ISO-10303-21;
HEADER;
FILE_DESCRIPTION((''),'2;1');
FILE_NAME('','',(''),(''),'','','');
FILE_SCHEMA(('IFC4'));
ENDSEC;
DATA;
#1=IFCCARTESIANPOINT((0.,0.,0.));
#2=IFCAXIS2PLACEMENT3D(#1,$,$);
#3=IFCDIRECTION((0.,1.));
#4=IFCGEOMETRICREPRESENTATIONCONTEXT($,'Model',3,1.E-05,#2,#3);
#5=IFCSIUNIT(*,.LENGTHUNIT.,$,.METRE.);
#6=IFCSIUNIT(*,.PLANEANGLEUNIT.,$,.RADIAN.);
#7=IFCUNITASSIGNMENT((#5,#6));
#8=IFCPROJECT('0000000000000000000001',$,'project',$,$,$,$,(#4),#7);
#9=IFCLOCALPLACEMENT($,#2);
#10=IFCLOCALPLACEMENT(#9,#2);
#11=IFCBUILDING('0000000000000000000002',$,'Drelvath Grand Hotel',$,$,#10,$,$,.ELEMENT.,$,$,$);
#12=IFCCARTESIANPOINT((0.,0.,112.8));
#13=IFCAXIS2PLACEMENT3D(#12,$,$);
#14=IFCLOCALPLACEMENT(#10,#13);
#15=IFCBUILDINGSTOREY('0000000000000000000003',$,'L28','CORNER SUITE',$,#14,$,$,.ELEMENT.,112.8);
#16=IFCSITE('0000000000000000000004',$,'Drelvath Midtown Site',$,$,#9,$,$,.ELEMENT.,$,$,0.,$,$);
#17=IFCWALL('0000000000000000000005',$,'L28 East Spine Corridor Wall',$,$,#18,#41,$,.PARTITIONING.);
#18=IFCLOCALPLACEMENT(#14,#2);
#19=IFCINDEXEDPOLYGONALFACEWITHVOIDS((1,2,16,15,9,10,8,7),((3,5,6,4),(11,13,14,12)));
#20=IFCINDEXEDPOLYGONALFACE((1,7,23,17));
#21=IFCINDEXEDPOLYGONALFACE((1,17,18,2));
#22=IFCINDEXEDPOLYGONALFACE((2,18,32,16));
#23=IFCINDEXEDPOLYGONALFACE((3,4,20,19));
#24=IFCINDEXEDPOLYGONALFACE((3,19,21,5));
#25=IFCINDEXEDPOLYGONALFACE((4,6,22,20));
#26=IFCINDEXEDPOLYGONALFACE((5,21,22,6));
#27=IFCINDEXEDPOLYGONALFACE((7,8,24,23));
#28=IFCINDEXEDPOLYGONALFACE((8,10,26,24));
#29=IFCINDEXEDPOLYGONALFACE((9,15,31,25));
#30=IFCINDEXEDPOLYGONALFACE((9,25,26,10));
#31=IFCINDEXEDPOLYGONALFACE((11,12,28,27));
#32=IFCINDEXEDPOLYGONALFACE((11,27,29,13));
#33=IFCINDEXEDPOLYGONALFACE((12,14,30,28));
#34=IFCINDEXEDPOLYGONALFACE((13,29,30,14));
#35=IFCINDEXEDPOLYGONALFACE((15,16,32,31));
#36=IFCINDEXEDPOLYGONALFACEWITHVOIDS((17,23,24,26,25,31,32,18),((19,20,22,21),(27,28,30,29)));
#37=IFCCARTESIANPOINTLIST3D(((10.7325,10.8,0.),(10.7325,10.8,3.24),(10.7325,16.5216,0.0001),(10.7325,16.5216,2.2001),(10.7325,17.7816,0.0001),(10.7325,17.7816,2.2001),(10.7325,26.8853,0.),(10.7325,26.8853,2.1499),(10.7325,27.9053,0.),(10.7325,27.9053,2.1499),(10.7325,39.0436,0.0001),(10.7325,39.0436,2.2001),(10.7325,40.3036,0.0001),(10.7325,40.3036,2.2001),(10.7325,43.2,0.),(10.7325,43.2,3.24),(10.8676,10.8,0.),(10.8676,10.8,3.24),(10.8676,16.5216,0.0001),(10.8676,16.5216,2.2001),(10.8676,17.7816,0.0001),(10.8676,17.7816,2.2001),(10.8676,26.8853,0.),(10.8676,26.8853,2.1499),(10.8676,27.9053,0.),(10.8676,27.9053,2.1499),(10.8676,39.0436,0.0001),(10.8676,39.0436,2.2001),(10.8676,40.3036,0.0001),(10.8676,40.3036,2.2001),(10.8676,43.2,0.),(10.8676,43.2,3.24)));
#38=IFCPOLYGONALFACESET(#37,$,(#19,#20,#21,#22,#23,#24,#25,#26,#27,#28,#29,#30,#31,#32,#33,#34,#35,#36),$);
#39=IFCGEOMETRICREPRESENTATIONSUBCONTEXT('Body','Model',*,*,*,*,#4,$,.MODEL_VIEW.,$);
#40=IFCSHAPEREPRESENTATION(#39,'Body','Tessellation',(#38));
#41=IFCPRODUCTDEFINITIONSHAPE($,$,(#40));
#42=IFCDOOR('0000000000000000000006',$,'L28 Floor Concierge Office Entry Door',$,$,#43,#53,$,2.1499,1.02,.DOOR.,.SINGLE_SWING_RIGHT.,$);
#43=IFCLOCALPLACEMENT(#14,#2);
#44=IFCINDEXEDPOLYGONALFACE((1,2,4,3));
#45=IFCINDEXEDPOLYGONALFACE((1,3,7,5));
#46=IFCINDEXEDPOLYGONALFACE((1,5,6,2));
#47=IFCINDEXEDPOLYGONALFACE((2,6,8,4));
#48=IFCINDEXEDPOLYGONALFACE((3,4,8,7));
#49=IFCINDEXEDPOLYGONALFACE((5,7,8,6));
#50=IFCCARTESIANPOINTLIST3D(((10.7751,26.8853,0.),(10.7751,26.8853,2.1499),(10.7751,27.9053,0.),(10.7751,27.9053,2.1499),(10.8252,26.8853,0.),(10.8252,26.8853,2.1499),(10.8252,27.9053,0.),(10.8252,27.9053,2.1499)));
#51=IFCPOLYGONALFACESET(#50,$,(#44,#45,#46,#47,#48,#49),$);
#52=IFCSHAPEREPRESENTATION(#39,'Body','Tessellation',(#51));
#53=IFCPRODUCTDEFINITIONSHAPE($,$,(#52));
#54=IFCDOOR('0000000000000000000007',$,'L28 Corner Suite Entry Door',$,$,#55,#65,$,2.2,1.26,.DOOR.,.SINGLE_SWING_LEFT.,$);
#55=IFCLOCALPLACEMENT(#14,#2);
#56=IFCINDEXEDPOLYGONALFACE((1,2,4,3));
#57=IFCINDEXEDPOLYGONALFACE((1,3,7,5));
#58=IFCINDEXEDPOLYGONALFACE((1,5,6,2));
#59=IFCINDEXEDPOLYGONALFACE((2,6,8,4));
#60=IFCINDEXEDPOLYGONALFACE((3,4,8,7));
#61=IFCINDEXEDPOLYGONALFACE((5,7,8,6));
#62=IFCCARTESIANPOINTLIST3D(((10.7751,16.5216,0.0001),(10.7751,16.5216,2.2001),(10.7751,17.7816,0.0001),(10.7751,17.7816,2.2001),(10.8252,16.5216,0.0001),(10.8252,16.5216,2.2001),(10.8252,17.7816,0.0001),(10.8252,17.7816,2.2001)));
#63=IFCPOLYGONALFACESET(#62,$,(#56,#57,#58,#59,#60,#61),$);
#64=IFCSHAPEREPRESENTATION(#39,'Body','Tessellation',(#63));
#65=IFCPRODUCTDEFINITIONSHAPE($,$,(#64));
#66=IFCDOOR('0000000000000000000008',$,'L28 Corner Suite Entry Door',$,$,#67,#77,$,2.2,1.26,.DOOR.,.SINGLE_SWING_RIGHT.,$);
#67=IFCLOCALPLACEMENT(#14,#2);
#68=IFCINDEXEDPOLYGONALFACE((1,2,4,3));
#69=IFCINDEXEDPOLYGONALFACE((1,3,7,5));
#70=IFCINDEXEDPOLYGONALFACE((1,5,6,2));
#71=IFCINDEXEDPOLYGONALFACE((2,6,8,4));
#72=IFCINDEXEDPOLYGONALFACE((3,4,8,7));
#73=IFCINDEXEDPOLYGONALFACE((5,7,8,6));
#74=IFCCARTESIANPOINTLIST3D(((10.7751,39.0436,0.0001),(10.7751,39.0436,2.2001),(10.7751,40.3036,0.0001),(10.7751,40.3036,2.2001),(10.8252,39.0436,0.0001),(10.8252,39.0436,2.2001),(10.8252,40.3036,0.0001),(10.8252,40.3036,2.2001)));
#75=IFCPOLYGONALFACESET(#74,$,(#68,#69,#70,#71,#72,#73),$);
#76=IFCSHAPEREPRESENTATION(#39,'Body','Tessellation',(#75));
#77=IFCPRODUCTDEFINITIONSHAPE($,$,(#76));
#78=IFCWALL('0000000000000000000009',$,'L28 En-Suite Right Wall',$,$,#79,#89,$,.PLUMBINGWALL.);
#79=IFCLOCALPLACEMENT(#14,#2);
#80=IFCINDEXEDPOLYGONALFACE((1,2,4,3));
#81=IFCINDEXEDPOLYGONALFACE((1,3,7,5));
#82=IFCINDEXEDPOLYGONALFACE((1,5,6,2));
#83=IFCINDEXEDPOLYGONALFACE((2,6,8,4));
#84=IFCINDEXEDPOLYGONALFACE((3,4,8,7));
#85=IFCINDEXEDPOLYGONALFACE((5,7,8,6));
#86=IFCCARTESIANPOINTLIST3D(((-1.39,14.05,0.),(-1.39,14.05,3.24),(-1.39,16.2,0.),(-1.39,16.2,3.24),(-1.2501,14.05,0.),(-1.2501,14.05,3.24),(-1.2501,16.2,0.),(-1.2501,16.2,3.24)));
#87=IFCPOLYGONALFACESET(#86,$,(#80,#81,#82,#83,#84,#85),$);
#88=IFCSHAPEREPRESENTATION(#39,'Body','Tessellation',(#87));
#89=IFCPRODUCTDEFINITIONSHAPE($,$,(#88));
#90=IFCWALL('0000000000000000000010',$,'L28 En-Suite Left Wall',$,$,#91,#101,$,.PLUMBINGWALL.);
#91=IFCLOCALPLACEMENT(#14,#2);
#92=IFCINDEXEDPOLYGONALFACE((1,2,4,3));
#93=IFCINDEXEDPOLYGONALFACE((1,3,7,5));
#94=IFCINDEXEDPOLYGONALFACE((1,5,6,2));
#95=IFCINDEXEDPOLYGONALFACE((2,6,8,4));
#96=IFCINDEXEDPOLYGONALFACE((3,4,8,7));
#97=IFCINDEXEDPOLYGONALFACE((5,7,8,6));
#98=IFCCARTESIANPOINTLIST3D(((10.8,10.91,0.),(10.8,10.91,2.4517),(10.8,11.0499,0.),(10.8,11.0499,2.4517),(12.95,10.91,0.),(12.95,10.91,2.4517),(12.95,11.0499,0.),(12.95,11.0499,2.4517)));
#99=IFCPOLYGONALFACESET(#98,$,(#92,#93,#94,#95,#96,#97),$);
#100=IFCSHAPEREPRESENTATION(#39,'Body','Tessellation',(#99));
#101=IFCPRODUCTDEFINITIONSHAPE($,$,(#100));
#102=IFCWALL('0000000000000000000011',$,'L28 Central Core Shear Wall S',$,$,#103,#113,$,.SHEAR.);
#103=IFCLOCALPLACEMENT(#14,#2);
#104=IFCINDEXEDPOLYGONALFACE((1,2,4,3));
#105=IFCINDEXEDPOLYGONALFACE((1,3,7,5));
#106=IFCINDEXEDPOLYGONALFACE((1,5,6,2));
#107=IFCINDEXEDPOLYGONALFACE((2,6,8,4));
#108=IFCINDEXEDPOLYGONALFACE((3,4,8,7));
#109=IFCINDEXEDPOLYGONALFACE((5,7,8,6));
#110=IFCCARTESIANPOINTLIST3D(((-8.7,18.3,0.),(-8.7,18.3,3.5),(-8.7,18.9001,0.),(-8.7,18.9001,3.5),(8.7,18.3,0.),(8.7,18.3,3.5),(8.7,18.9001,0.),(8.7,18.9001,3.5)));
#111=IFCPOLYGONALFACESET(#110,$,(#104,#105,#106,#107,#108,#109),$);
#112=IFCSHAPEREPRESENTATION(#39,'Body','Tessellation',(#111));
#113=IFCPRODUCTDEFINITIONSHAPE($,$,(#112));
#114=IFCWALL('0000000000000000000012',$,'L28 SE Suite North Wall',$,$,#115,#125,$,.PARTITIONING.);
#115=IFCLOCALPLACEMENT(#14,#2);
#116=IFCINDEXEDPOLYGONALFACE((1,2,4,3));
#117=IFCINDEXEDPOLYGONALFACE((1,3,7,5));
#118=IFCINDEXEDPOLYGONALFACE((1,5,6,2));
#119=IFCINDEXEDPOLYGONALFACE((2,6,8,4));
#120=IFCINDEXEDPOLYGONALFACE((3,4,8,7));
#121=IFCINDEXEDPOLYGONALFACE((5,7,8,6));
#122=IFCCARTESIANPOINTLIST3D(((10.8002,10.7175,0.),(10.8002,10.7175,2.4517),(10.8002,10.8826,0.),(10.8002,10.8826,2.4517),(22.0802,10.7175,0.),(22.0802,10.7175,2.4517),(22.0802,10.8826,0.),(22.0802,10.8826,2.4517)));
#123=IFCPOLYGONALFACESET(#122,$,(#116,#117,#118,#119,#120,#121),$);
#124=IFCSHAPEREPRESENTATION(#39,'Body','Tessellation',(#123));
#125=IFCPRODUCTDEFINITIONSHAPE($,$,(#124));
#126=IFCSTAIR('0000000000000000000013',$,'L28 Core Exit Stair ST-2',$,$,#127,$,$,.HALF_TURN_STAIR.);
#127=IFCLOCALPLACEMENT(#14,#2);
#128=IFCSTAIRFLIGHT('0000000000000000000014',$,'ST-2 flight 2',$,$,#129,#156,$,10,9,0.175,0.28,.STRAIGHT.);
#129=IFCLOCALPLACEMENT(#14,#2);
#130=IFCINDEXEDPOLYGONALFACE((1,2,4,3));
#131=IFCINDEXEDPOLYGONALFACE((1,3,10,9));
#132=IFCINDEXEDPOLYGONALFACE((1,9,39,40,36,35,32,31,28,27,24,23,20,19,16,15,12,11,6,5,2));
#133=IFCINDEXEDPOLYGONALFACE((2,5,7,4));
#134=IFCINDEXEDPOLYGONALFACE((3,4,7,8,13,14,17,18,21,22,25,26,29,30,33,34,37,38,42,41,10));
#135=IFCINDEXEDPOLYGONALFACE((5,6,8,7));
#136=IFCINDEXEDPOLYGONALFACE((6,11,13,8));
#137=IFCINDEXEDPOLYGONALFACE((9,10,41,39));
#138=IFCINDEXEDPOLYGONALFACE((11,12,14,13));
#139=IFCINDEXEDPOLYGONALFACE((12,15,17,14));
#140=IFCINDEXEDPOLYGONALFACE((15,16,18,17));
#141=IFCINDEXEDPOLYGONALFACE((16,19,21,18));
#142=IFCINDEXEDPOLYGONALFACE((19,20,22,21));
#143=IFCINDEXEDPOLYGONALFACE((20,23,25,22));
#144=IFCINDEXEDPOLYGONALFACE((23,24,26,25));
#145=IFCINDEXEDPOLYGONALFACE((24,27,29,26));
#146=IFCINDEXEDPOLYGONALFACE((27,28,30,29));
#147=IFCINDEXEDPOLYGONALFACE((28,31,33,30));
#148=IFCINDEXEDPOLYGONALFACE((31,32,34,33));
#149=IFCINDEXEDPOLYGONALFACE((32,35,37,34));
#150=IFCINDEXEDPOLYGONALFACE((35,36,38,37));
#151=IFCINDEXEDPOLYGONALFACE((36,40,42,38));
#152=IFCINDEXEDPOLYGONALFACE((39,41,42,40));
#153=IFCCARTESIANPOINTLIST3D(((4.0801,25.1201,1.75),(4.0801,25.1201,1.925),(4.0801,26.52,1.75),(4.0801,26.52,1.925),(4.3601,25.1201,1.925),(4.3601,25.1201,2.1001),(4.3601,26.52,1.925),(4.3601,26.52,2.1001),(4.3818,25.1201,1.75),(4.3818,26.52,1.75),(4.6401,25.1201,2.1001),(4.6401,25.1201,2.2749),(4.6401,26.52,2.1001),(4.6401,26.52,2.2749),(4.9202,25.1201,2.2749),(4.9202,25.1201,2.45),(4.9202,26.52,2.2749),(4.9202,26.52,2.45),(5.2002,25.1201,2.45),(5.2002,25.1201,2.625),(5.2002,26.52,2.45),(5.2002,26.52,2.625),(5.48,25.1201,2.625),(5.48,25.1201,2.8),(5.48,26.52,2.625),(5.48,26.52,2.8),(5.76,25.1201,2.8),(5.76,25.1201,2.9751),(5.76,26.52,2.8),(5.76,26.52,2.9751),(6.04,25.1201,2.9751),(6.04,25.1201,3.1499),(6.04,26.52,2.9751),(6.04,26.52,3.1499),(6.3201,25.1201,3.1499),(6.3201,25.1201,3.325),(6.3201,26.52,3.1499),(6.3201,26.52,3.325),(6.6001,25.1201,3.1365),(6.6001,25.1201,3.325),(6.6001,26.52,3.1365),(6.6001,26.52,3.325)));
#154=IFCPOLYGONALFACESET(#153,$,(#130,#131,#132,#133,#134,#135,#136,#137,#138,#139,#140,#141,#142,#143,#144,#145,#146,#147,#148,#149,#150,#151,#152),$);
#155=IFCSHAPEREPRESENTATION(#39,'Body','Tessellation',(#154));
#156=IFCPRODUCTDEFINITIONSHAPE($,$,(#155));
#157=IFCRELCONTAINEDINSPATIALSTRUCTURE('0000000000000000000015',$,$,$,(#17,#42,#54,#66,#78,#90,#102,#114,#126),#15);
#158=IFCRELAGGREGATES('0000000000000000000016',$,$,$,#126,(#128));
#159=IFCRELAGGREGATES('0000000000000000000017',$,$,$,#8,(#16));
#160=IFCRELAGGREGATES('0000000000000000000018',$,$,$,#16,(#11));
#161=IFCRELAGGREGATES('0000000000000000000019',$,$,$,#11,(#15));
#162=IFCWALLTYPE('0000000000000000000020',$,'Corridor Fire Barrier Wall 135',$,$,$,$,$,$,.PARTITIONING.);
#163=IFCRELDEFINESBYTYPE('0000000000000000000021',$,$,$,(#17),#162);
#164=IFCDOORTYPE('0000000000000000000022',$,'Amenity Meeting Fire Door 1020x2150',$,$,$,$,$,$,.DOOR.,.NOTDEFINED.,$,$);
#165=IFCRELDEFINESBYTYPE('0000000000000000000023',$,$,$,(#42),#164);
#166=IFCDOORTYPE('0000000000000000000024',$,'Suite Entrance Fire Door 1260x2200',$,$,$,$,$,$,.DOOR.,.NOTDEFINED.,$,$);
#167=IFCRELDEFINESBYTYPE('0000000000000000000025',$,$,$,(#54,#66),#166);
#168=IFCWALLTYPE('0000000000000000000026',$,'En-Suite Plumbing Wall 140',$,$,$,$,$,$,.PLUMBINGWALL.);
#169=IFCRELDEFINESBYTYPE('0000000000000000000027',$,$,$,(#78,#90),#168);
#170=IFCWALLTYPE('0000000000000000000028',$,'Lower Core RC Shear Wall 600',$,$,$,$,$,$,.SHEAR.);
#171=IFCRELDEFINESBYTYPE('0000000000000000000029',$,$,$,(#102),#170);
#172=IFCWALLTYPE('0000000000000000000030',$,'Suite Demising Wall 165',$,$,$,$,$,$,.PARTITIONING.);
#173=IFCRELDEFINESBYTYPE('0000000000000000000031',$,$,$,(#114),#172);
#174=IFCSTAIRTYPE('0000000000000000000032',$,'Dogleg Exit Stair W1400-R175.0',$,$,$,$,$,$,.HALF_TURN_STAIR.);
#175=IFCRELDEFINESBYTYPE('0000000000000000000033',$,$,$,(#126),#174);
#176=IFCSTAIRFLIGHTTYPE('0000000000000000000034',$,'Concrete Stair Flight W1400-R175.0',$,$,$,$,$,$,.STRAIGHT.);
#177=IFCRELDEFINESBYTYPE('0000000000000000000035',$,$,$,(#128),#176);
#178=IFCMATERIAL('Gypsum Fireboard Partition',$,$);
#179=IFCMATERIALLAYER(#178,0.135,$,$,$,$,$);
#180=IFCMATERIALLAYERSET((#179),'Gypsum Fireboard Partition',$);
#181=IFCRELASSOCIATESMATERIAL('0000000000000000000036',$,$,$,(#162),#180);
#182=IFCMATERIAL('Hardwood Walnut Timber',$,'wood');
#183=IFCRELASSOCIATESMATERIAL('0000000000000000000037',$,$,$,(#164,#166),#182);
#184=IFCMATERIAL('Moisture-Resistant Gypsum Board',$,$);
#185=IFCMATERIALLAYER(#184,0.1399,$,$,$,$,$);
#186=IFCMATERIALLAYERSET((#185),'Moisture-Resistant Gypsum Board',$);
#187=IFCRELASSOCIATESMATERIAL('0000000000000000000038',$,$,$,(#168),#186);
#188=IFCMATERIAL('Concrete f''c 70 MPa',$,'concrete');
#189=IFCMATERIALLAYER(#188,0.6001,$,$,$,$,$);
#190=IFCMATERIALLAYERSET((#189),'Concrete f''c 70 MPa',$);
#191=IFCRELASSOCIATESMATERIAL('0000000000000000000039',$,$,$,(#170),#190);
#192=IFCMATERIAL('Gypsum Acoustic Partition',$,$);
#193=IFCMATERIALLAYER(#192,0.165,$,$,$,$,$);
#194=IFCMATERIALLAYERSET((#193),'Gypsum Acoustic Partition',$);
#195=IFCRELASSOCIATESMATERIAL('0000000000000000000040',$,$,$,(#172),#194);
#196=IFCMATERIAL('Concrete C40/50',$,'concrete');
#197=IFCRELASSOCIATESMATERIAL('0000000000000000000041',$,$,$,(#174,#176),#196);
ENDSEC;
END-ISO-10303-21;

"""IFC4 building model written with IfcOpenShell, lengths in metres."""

from ifc_helpers import new_model, si_unit, direction, frame, frame_2d, origin, place, context, subcontext, project, spatial, polyline, rectangle, outline, extrude, material, layer, layer_set, type_object, element, fill, aggregate, save


model = new_model("IFC4")

# Units and contexts
model_context = context("Model", 3, precision=1e-05, world=origin(), true_north=direction((0.0, 1.0)))
body_context = subcontext(model_context, "Body", "Model", "MODEL_VIEW")
ifc_project = project(units=[si_unit("LENGTHUNIT", "METRE"), si_unit("PLANEANGLEUNIT", "RADIAN")], contexts=[model_context])

# Site, building, storey
site_placement = place(None, origin())
site = spatial("IfcSite", under=ifc_project, at=site_placement, Name="Drelvath Midtown Site", CompositionType="ELEMENT", RefElevation=0.0)
building_placement = place(site_placement, origin())
building = spatial("IfcBuilding", under=site, at=building_placement, Name="Drelvath Grand Hotel", CompositionType="ELEMENT")
storey_placement = place(building_placement, frame((0.0, 0.0, 112.8)))
storey = spatial("IfcBuildingStorey", under=building, at=storey_placement, Name="L28", Description="CORNER SUITE", CompositionType="ELEMENT", Elevation=112.8)

# Shared definitions
ifc_material_1 = material(Name="Concrete f'c 70 MPa", Category="concrete")

# Shared definitions
ifc_material_2 = material(Name="Concrete C40/50", Category="concrete")

# Shared definitions
ifc_material_3 = material(Name="Gypsum Fireboard Partition")
ifc_layer_1 = layer(ifc_material_3, 0.135)
ifc_layer_set_1 = layer_set([ifc_layer_1], Name="Gypsum Fireboard Partition")
wall_type_1 = type_object("IfcWallType", Name="Corridor Fire Barrier Wall 135", PredefinedType="PARTITIONING", material=ifc_layer_set_1)

# Wall, openings, doors
wall_1_placement = place(storey_placement, frame((10.8, 10.8, 0.0), z_axis=(0.0, 0.0, 1.0), x_axis=(0.0, 1.0, 0.0)))
wall_1 = element("IfcWall", 1, at=wall_1_placement, inside=storey, type_object=wall_type_1, Name="L28 East Spine Corridor Wall", PredefinedType="PARTITIONING", context=body_context, shape_type="SweptSolid", body=[
    extrude(rectangle(XDim=32.3999, YDim=0.135, at=frame_2d((16.2, 0.0))), origin(), (0.0, 0.0, 1.0), 3.24),
])
opening_1_placement = place(wall_1_placement, frame((5.7217, 0.0, 0.0)))
opening_1 = element("IfcOpeningElement", 2, at=opening_1_placement, cuts=wall_1, PredefinedType="OPENING", context=body_context, shape_type="SweptSolid", body=[
    extrude(rectangle(XDim=1.26, YDim=2.2, at=frame_2d((0.6299, 1.1001))), frame((0.0, 0.0774, 0.0), z_axis=(0.0, -1.0, 0.0), x_axis=(1.0, 0.0, 0.0)), (0.0, 0.0, 1.0), 0.155),
])
opening_2_placement = place(wall_1_placement, frame((16.0852, 0.0, 0.0)))
opening_2 = element("IfcOpeningElement", 3, at=opening_2_placement, cuts=wall_1, PredefinedType="OPENING", context=body_context, shape_type="SweptSolid", body=[
    extrude(rectangle(XDim=1.02, YDim=2.1499, at=frame_2d((0.51, 1.075))), frame((0.0, 0.0774, 0.0), z_axis=(0.0, -1.0, 0.0), x_axis=(1.0, 0.0, 0.0)), (0.0, 0.0, 1.0), 0.155),
])
opening_3_placement = place(wall_1_placement, frame((28.2437, 0.0, 0.0)))
opening_3 = element("IfcOpeningElement", 4, at=opening_3_placement, cuts=wall_1, PredefinedType="OPENING", context=body_context, shape_type="SweptSolid", body=[
    extrude(rectangle(XDim=1.26, YDim=2.2, at=frame_2d((0.6299, 1.1001))), frame((0.0, 0.0774, 0.0), z_axis=(0.0, -1.0, 0.0), x_axis=(1.0, 0.0, 0.0)), (0.0, 0.0, 1.0), 0.155),
])
ifc_material_4 = material(Name="Hardwood Walnut Timber", Category="wood")
door_type_1 = type_object("IfcDoorType", Name="Amenity Meeting Fire Door 1020x2150", OperationType="NOTDEFINED", PredefinedType="DOOR", material=ifc_material_4)
door_1_placement = place(opening_2_placement, origin())
door_1 = element("IfcDoor", 5, at=door_1_placement, inside=storey, type_object=door_type_1, Name="L28 Floor Concierge Office Entry Door", OperationType="SINGLE_SWING_RIGHT", OverallHeight=2.1499, OverallWidth=1.02, PredefinedType="DOOR", context=body_context, shape_type="SweptSolid", body=[
    extrude(rectangle(XDim=1.02, YDim=2.1499, at=frame_2d((0.51, 1.075))), frame((0.0, 0.0249, 0.0), z_axis=(0.0, -1.0, 0.0), x_axis=(1.0, 0.0, 0.0)), (0.0, 0.0, 1.0), 0.05),
])
fill(opening_2, door_1)
door_type_2 = type_object("IfcDoorType", Name="Suite Entrance Fire Door 1260x2200", OperationType="NOTDEFINED", PredefinedType="DOOR", material=ifc_material_4)
door_2_placement = place(opening_1_placement, origin())
door_2 = element("IfcDoor", 6, at=door_2_placement, inside=storey, type_object=door_type_2, Name="L28 Corner Suite Entry Door", OperationType="SINGLE_SWING_LEFT", OverallHeight=2.2, OverallWidth=1.26, PredefinedType="DOOR", context=body_context, shape_type="SweptSolid", body=[
    extrude(rectangle(XDim=1.26, YDim=2.2, at=frame_2d((0.6299, 1.1001))), frame((0.0, 0.0249, 0.0), z_axis=(0.0, -1.0, 0.0), x_axis=(1.0, 0.0, 0.0)), (0.0, 0.0, 1.0), 0.05),
])
fill(opening_1, door_2)
door_3_placement = place(opening_3_placement, origin())
door_3 = element("IfcDoor", 7, at=door_3_placement, inside=storey, type_object=door_type_2, Name="L28 Corner Suite Entry Door", OperationType="SINGLE_SWING_RIGHT", OverallHeight=2.2, OverallWidth=1.26, PredefinedType="DOOR", context=body_context, shape_type="SweptSolid", body=[
    extrude(rectangle(XDim=1.26, YDim=2.2, at=frame_2d((0.6299, 1.1001))), frame((0.0, 0.0249, 0.0), z_axis=(0.0, -1.0, 0.0), x_axis=(1.0, 0.0, 0.0)), (0.0, 0.0, 1.0), 0.05),
])
fill(opening_3, door_3)

# Walls
ifc_material_5 = material(Name="Moisture-Resistant Gypsum Board")
ifc_layer_2 = layer(ifc_material_5, 0.1399)
ifc_layer_set_2 = layer_set([ifc_layer_2], Name="Moisture-Resistant Gypsum Board")
wall_type_2 = type_object("IfcWallType", Name="En-Suite Plumbing Wall 140", PredefinedType="PLUMBINGWALL", material=ifc_layer_set_2)
wall_2_placement = place(storey_placement, frame((-1.3201, 16.2, 0.0), z_axis=(0.0, 0.0, 1.0), x_axis=(0.0, -1.0, 0.0)))
element("IfcWall", 8, at=wall_2_placement, inside=storey, type_object=wall_type_2, Name="L28 En-Suite Right Wall", PredefinedType="PLUMBINGWALL", context=body_context, shape_type="SweptSolid", body=[
    extrude(rectangle(XDim=2.1499, YDim=0.1399, at=frame_2d((1.075, 0.0))), origin(), (0.0, 0.0, 1.0), 3.24),
])
wall_3_placement = place(storey_placement, frame((10.8, 10.98, 0.0), z_axis=(0.0, 0.0, 1.0), x_axis=(1.0, 0.0, 0.0)))
element("IfcWall", 9, at=wall_3_placement, inside=storey, type_object=wall_type_2, Name="L28 En-Suite Left Wall", PredefinedType="PLUMBINGWALL", context=body_context, shape_type="SweptSolid", body=[
    extrude(rectangle(XDim=2.1499, YDim=0.1399, at=frame_2d((1.075, 0.0))), origin(), (0.0, 0.0, 1.0), 2.4517),
])
ifc_layer_3 = layer(ifc_material_1, 0.6001)
ifc_layer_set_3 = layer_set([ifc_layer_3], Name="Concrete f'c 70 MPa")
wall_type_3 = type_object("IfcWallType", Name="Lower Core RC Shear Wall 600", PredefinedType="SHEAR", material=ifc_layer_set_3)
wall_4_placement = place(storey_placement, frame((8.7, 18.6001, 0.0), z_axis=(0.0, 0.0, 1.0), x_axis=(-1.0, 0.0, 0.0)))
element("IfcWall", 10, at=wall_4_placement, inside=storey, type_object=wall_type_3, Name="L28 Central Core Shear Wall S", PredefinedType="SHEAR", context=body_context, shape_type="SweptSolid", body=[
    extrude(rectangle(XDim=17.3999, YDim=0.6001, at=frame_2d((8.7, 0.0))), origin(), (0.0, 0.0, 1.0), 3.5),
])
ifc_material_6 = material(Name="Gypsum Acoustic Partition")
ifc_layer_4 = layer(ifc_material_6, 0.165)
ifc_layer_set_4 = layer_set([ifc_layer_4], Name="Gypsum Acoustic Partition")
wall_type_4 = type_object("IfcWallType", Name="Suite Demising Wall 165", PredefinedType="PARTITIONING", material=ifc_layer_set_4)
wall_5_placement = place(storey_placement, frame((10.8, 10.8, 0.0), z_axis=(0.0, 0.0, 1.0), x_axis=(1.0, 0.0, 0.0)))
element("IfcWall", 11, at=wall_5_placement, inside=storey, type_object=wall_type_4, Name="L28 SE Suite North Wall", PredefinedType="PARTITIONING", context=body_context, shape_type="SweptSolid", body=[
    extrude(rectangle(XDim=11.28, YDim=0.165, at=frame_2d((5.6401, 0.0))), origin(), (0.0, 0.0, 1.0), 2.4517),
])

# Stair, stair flight
stair_type = type_object("IfcStairType", Name="Dogleg Exit Stair W1400-R175.0", PredefinedType="HALF_TURN_STAIR", material=ifc_material_2)
stair_placement = place(storey_placement, origin())
stair = element("IfcStair", 12, at=stair_placement, inside=storey, type_object=stair_type, Name="L28 Core Exit Stair ST-2", PredefinedType="HALF_TURN_STAIR")
stair_flight_type = type_object("IfcStairFlightType", Name="Concrete Stair Flight W1400-R175.0", PredefinedType="STRAIGHT", material=ifc_material_2)
stair_flight_placement = place(storey_placement, frame((4.0801, 25.8201, 1.75), z_axis=(0.0, 0.0, 1.0), x_axis=(1.0, 0.0, 0.0)))
stair_flight = element("IfcStairFlight", 13, at=stair_flight_placement, type_object=stair_flight_type, Name="ST-2 flight 2", NumberOfRisers=10, NumberOfTreads=9, PredefinedType="STRAIGHT", RiserHeight=0.175, TreadLength=0.28, context=body_context, shape_type="SweptSolid", body=[
    extrude(outline(polyline([(0.0, 0.0), (0.0, 0.175), (0.28, 0.175), (0.28, 0.3501), (0.5601, 0.3501), (0.5601, 0.5249), (0.8401, 0.5249), (0.8401, 0.7), (1.1201, 0.7), (1.1201, 0.875), (1.3999, 0.875), (1.3999, 1.05), (1.6799, 1.05), (1.6799, 1.2251), (1.96, 1.2251), (1.96, 1.3999), (2.24, 1.3999), (2.24, 1.575), (2.52, 1.575), (2.52, 1.75), (2.52, 1.3865), (0.3018, 0.0), (0.0, 0.0)])), frame((0.0, 0.7, 0.0), z_axis=(0.0, -1.0, 0.0), x_axis=(1.0, 0.0, 0.0)), (0.0, 0.0, 1.0), 1.3999),
])
aggregate(stair, [stair_flight])

save(model, "model.ifc")
